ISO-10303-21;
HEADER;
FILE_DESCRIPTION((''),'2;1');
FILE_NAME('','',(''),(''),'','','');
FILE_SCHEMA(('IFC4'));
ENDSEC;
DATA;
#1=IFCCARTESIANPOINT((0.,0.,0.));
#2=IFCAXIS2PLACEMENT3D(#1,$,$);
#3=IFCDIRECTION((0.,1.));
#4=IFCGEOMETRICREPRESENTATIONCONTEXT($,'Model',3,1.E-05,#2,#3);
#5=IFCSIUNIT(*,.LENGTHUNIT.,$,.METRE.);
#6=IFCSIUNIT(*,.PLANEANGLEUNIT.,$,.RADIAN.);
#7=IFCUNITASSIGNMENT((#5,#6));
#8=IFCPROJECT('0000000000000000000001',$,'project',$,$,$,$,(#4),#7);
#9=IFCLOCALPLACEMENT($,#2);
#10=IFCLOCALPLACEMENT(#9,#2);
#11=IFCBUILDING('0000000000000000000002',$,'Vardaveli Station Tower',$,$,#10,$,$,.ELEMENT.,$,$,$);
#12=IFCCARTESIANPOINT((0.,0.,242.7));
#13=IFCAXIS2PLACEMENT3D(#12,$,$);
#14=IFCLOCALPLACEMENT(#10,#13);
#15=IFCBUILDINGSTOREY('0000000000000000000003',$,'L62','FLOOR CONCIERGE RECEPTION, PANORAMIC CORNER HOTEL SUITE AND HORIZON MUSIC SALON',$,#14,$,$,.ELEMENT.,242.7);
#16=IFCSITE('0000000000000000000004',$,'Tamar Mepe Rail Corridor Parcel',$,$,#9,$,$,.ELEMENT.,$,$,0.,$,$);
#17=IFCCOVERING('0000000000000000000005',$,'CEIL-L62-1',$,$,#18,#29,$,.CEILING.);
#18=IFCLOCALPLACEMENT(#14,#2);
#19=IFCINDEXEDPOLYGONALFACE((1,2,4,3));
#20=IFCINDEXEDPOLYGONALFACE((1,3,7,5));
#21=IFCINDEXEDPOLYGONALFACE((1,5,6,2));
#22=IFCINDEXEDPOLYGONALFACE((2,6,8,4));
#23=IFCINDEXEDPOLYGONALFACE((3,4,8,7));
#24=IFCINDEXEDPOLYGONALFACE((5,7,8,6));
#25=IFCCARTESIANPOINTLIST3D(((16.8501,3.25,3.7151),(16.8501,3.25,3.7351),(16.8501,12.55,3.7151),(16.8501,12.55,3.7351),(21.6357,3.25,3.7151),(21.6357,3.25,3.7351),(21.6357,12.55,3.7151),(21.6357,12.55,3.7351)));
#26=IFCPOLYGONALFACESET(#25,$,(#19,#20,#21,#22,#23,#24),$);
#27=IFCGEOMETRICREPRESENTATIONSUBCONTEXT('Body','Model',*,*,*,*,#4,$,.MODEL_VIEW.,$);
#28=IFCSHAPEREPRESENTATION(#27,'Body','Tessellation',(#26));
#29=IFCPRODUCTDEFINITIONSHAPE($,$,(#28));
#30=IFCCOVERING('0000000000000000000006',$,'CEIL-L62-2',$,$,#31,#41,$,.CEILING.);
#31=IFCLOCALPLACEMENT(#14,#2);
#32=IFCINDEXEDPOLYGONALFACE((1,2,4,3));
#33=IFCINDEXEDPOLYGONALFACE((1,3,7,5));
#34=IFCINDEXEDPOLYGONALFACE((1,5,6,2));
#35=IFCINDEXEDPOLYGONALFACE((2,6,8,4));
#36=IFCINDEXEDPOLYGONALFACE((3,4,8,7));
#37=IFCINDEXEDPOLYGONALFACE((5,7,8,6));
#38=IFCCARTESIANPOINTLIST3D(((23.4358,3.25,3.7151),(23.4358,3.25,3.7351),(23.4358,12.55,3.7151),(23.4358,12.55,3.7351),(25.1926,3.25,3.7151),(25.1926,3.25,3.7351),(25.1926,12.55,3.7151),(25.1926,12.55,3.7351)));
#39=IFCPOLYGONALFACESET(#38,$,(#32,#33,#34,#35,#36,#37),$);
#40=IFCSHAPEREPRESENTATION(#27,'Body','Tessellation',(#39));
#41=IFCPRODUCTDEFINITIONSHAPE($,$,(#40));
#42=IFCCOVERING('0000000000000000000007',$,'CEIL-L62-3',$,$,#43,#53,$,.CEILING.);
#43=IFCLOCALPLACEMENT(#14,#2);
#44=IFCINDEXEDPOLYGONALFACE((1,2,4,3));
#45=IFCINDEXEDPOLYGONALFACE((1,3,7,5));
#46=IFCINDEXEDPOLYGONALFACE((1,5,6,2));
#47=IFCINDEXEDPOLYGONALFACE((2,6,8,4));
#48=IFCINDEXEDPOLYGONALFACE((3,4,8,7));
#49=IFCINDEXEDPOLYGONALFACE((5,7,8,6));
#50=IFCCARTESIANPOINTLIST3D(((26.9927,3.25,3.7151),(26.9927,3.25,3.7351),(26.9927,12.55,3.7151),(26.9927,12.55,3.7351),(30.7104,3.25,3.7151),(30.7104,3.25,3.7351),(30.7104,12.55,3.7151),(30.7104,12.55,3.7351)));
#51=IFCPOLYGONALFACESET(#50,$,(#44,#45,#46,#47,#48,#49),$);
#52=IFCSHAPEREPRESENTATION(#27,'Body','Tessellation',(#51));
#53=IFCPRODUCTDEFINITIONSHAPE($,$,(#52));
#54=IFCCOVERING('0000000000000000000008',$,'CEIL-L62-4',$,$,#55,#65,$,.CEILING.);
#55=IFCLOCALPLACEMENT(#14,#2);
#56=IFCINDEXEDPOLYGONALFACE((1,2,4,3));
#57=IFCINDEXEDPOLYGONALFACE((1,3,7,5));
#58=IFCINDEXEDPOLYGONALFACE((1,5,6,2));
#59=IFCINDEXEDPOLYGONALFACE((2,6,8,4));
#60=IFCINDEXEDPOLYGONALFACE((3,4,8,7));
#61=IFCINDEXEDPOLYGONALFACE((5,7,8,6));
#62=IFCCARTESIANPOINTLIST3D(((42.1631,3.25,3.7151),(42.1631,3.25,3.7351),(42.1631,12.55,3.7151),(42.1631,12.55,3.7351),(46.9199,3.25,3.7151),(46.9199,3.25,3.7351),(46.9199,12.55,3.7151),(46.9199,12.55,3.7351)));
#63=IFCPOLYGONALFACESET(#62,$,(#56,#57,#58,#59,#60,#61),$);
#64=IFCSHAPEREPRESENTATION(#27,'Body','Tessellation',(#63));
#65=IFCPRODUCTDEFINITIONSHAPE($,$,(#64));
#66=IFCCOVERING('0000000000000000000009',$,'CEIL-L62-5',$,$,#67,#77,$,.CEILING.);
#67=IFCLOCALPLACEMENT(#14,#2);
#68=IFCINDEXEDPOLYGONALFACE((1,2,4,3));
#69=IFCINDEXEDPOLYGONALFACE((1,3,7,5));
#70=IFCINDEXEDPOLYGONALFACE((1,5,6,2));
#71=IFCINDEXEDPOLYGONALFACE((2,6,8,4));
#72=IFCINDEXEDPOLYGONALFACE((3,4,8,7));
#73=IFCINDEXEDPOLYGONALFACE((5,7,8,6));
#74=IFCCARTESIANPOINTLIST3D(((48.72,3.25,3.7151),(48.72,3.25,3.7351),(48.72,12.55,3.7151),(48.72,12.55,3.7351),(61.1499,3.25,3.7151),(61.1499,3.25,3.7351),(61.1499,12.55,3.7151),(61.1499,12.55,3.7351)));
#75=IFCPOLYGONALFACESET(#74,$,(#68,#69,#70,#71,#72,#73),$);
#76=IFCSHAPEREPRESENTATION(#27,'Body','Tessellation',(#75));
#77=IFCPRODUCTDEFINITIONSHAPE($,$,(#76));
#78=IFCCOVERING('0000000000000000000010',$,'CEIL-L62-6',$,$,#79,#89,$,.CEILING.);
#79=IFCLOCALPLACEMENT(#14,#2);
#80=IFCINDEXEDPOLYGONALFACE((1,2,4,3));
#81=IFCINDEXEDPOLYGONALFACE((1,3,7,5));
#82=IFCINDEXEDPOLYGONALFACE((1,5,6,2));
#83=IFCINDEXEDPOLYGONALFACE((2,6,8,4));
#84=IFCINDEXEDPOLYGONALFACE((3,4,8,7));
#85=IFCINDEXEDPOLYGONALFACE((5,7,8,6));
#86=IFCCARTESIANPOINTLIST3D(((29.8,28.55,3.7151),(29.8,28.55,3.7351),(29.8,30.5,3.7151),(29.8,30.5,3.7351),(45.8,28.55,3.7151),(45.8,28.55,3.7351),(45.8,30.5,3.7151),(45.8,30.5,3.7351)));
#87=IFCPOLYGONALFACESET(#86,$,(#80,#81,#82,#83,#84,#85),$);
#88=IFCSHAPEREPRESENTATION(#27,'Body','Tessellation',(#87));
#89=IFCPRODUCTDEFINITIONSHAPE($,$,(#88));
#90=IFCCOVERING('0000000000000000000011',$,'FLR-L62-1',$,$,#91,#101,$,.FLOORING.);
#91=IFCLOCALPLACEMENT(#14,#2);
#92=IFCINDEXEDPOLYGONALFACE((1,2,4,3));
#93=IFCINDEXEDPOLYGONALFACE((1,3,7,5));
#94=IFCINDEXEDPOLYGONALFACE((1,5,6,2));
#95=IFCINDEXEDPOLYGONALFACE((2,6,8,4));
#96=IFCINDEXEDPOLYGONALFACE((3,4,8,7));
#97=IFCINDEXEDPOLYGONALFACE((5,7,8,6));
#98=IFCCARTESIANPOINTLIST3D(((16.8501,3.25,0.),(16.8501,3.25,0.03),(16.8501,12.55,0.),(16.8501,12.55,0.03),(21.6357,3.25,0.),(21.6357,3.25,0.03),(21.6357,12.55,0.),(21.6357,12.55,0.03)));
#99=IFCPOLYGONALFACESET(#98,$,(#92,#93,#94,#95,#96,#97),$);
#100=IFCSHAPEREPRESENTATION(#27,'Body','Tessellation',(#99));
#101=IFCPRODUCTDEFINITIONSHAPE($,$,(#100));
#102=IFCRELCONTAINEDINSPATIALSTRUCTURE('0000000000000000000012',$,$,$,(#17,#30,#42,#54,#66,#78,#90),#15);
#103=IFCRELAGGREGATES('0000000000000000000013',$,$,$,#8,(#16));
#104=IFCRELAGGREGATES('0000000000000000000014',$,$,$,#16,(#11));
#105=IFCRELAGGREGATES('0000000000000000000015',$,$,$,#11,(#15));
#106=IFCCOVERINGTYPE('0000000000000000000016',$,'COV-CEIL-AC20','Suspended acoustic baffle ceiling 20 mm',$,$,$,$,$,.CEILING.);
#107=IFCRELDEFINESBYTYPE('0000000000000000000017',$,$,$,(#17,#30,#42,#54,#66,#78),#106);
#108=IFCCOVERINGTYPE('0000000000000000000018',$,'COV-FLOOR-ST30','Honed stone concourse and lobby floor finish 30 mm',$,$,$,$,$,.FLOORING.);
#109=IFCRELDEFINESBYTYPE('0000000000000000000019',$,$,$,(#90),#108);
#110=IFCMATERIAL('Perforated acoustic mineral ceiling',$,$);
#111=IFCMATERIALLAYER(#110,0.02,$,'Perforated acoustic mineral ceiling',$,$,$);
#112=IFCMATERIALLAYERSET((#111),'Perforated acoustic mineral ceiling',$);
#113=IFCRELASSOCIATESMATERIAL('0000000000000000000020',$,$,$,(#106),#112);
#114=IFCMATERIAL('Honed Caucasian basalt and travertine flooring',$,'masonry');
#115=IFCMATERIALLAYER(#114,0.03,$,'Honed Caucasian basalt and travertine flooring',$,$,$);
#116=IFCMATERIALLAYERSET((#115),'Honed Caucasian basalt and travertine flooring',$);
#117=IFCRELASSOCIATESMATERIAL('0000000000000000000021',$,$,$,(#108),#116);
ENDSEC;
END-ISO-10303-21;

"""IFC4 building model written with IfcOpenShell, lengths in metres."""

from ifc_helpers import new_model, si_unit, direction, frame, origin, place, context, subcontext, project, spatial, polyline, outline, extrude, material, layer, layer_set, type_object, element, save


model = new_model("IFC4")

# Units and contexts
model_context = context("Model", 3, precision=1e-05, world=origin(), true_north=direction((0.0, 1.0)))
body_context = subcontext(model_context, "Body", "Model", "MODEL_VIEW")
ifc_project = project(units=[si_unit("LENGTHUNIT", "METRE"), si_unit("PLANEANGLEUNIT", "RADIAN")], contexts=[model_context])

# Site, building, storey
site_placement = place(None, origin())
site = spatial("IfcSite", under=ifc_project, at=site_placement, Name="Tamar Mepe Rail Corridor Parcel", CompositionType="ELEMENT", RefElevation=0.0)
building_placement = place(site_placement, origin())
building = spatial("IfcBuilding", under=site, at=building_placement, Name="Vardaveli Station Tower", CompositionType="ELEMENT")
storey_placement = place(building_placement, frame((0.0, 0.0, 242.7)))
storey = spatial("IfcBuildingStorey", under=building, at=storey_placement, Name="L62", Description="FLOOR CONCIERGE RECEPTION, PANORAMIC CORNER HOTEL SUITE AND HORIZON MUSIC SALON", CompositionType="ELEMENT", Elevation=242.7)

# Coverings
ifc_material_1 = material(Name="Perforated acoustic mineral ceiling")
ifc_layer_1 = layer(ifc_material_1, 0.02, Name="Perforated acoustic mineral ceiling")
ifc_layer_set_1 = layer_set([ifc_layer_1], Name="Perforated acoustic mineral ceiling")
covering_type_1 = type_object("IfcCoveringType", Name="COV-CEIL-AC20", Description="Suspended acoustic baffle ceiling 20 mm", PredefinedType="CEILING", material=ifc_layer_set_1)
covering_1_placement = place(storey_placement, frame((0.0, 0.0, 3.7151)))
element("IfcCovering", 1, at=covering_1_placement, inside=storey, type_object=covering_type_1, Name="CEIL-L62-1", PredefinedType="CEILING", context=body_context, shape_type="SweptSolid", body=[
    extrude(outline(polyline([(16.8501, 3.25), (21.6357, 3.25), (21.6357, 12.55), (16.8501, 12.55), (16.8501, 3.25)])), origin(), (0.0, 0.0, 1.0), 0.02),
])
covering_2_placement = place(storey_placement, frame((0.0, 0.0, 3.7151)))
element("IfcCovering", 2, at=covering_2_placement, inside=storey, type_object=covering_type_1, Name="CEIL-L62-2", PredefinedType="CEILING", context=body_context, shape_type="SweptSolid", body=[
    extrude(outline(polyline([(23.4358, 3.25), (25.1926, 3.25), (25.1926, 12.55), (23.4358, 12.55), (23.4358, 3.25)])), origin(), (0.0, 0.0, 1.0), 0.02),
])
covering_3_placement = place(storey_placement, frame((0.0, 0.0, 3.7151)))
element("IfcCovering", 3, at=covering_3_placement, inside=storey, type_object=covering_type_1, Name="CEIL-L62-3", PredefinedType="CEILING", context=body_context, shape_type="SweptSolid", body=[
    extrude(outline(polyline([(26.9927, 3.25), (30.7104, 3.25), (30.7104, 12.55), (26.9927, 12.55), (26.9927, 3.25)])), origin(), (0.0, 0.0, 1.0), 0.02),
])
covering_4_placement = place(storey_placement, frame((0.0, 0.0, 3.7151)))
element("IfcCovering", 4, at=covering_4_placement, inside=storey, type_object=covering_type_1, Name="CEIL-L62-4", PredefinedType="CEILING", context=body_context, shape_type="SweptSolid", body=[
    extrude(outline(polyline([(42.1631, 3.25), (46.9199, 3.25), (46.9199, 12.55), (42.1631, 12.55), (42.1631, 3.25)])), origin(), (0.0, 0.0, 1.0), 0.02),
])
covering_5_placement = place(storey_placement, frame((0.0, 0.0, 3.7151)))
element("IfcCovering", 5, at=covering_5_placement, inside=storey, type_object=covering_type_1, Name="CEIL-L62-5", PredefinedType="CEILING", context=body_context, shape_type="SweptSolid", body=[
    extrude(outline(polyline([(48.72, 3.25), (61.1499, 3.25), (61.1499, 12.55), (48.72, 12.55), (48.72, 3.25)])), origin(), (0.0, 0.0, 1.0), 0.02),
])
covering_6_placement = place(storey_placement, frame((0.0, 0.0, 3.7151)))
element("IfcCovering", 6, at=covering_6_placement, inside=storey, type_object=covering_type_1, Name="CEIL-L62-6", PredefinedType="CEILING", context=body_context, shape_type="SweptSolid", body=[
    extrude(outline(polyline([(29.8, 28.55), (45.8, 28.55), (45.8, 30.5), (29.8, 30.5), (29.8, 28.55)])), origin(), (0.0, 0.0, 1.0), 0.02),
])
ifc_material_2 = material(Name="Honed Caucasian basalt and travertine flooring", Category="masonry")
ifc_layer_2 = layer(ifc_material_2, 0.03, Name="Honed Caucasian basalt and travertine flooring")
ifc_layer_set_2 = layer_set([ifc_layer_2], Name="Honed Caucasian basalt and travertine flooring")
covering_type_2 = type_object("IfcCoveringType", Name="COV-FLOOR-ST30", Description="Honed stone concourse and lobby floor finish 30 mm", PredefinedType="FLOORING", material=ifc_layer_set_2)
covering_7_placement = place(storey_placement, origin())
element("IfcCovering", 7, at=covering_7_placement, inside=storey, type_object=covering_type_2, Name="FLR-L62-1", PredefinedType="FLOORING", context=body_context, shape_type="SweptSolid", body=[
    extrude(outline(polyline([(16.8501, 3.25), (21.6357, 3.25), (21.6357, 12.55), (16.8501, 12.55), (16.8501, 3.25)])), origin(), (0.0, 0.0, 1.0), 0.03),
])

save(model, "model.ifc")
